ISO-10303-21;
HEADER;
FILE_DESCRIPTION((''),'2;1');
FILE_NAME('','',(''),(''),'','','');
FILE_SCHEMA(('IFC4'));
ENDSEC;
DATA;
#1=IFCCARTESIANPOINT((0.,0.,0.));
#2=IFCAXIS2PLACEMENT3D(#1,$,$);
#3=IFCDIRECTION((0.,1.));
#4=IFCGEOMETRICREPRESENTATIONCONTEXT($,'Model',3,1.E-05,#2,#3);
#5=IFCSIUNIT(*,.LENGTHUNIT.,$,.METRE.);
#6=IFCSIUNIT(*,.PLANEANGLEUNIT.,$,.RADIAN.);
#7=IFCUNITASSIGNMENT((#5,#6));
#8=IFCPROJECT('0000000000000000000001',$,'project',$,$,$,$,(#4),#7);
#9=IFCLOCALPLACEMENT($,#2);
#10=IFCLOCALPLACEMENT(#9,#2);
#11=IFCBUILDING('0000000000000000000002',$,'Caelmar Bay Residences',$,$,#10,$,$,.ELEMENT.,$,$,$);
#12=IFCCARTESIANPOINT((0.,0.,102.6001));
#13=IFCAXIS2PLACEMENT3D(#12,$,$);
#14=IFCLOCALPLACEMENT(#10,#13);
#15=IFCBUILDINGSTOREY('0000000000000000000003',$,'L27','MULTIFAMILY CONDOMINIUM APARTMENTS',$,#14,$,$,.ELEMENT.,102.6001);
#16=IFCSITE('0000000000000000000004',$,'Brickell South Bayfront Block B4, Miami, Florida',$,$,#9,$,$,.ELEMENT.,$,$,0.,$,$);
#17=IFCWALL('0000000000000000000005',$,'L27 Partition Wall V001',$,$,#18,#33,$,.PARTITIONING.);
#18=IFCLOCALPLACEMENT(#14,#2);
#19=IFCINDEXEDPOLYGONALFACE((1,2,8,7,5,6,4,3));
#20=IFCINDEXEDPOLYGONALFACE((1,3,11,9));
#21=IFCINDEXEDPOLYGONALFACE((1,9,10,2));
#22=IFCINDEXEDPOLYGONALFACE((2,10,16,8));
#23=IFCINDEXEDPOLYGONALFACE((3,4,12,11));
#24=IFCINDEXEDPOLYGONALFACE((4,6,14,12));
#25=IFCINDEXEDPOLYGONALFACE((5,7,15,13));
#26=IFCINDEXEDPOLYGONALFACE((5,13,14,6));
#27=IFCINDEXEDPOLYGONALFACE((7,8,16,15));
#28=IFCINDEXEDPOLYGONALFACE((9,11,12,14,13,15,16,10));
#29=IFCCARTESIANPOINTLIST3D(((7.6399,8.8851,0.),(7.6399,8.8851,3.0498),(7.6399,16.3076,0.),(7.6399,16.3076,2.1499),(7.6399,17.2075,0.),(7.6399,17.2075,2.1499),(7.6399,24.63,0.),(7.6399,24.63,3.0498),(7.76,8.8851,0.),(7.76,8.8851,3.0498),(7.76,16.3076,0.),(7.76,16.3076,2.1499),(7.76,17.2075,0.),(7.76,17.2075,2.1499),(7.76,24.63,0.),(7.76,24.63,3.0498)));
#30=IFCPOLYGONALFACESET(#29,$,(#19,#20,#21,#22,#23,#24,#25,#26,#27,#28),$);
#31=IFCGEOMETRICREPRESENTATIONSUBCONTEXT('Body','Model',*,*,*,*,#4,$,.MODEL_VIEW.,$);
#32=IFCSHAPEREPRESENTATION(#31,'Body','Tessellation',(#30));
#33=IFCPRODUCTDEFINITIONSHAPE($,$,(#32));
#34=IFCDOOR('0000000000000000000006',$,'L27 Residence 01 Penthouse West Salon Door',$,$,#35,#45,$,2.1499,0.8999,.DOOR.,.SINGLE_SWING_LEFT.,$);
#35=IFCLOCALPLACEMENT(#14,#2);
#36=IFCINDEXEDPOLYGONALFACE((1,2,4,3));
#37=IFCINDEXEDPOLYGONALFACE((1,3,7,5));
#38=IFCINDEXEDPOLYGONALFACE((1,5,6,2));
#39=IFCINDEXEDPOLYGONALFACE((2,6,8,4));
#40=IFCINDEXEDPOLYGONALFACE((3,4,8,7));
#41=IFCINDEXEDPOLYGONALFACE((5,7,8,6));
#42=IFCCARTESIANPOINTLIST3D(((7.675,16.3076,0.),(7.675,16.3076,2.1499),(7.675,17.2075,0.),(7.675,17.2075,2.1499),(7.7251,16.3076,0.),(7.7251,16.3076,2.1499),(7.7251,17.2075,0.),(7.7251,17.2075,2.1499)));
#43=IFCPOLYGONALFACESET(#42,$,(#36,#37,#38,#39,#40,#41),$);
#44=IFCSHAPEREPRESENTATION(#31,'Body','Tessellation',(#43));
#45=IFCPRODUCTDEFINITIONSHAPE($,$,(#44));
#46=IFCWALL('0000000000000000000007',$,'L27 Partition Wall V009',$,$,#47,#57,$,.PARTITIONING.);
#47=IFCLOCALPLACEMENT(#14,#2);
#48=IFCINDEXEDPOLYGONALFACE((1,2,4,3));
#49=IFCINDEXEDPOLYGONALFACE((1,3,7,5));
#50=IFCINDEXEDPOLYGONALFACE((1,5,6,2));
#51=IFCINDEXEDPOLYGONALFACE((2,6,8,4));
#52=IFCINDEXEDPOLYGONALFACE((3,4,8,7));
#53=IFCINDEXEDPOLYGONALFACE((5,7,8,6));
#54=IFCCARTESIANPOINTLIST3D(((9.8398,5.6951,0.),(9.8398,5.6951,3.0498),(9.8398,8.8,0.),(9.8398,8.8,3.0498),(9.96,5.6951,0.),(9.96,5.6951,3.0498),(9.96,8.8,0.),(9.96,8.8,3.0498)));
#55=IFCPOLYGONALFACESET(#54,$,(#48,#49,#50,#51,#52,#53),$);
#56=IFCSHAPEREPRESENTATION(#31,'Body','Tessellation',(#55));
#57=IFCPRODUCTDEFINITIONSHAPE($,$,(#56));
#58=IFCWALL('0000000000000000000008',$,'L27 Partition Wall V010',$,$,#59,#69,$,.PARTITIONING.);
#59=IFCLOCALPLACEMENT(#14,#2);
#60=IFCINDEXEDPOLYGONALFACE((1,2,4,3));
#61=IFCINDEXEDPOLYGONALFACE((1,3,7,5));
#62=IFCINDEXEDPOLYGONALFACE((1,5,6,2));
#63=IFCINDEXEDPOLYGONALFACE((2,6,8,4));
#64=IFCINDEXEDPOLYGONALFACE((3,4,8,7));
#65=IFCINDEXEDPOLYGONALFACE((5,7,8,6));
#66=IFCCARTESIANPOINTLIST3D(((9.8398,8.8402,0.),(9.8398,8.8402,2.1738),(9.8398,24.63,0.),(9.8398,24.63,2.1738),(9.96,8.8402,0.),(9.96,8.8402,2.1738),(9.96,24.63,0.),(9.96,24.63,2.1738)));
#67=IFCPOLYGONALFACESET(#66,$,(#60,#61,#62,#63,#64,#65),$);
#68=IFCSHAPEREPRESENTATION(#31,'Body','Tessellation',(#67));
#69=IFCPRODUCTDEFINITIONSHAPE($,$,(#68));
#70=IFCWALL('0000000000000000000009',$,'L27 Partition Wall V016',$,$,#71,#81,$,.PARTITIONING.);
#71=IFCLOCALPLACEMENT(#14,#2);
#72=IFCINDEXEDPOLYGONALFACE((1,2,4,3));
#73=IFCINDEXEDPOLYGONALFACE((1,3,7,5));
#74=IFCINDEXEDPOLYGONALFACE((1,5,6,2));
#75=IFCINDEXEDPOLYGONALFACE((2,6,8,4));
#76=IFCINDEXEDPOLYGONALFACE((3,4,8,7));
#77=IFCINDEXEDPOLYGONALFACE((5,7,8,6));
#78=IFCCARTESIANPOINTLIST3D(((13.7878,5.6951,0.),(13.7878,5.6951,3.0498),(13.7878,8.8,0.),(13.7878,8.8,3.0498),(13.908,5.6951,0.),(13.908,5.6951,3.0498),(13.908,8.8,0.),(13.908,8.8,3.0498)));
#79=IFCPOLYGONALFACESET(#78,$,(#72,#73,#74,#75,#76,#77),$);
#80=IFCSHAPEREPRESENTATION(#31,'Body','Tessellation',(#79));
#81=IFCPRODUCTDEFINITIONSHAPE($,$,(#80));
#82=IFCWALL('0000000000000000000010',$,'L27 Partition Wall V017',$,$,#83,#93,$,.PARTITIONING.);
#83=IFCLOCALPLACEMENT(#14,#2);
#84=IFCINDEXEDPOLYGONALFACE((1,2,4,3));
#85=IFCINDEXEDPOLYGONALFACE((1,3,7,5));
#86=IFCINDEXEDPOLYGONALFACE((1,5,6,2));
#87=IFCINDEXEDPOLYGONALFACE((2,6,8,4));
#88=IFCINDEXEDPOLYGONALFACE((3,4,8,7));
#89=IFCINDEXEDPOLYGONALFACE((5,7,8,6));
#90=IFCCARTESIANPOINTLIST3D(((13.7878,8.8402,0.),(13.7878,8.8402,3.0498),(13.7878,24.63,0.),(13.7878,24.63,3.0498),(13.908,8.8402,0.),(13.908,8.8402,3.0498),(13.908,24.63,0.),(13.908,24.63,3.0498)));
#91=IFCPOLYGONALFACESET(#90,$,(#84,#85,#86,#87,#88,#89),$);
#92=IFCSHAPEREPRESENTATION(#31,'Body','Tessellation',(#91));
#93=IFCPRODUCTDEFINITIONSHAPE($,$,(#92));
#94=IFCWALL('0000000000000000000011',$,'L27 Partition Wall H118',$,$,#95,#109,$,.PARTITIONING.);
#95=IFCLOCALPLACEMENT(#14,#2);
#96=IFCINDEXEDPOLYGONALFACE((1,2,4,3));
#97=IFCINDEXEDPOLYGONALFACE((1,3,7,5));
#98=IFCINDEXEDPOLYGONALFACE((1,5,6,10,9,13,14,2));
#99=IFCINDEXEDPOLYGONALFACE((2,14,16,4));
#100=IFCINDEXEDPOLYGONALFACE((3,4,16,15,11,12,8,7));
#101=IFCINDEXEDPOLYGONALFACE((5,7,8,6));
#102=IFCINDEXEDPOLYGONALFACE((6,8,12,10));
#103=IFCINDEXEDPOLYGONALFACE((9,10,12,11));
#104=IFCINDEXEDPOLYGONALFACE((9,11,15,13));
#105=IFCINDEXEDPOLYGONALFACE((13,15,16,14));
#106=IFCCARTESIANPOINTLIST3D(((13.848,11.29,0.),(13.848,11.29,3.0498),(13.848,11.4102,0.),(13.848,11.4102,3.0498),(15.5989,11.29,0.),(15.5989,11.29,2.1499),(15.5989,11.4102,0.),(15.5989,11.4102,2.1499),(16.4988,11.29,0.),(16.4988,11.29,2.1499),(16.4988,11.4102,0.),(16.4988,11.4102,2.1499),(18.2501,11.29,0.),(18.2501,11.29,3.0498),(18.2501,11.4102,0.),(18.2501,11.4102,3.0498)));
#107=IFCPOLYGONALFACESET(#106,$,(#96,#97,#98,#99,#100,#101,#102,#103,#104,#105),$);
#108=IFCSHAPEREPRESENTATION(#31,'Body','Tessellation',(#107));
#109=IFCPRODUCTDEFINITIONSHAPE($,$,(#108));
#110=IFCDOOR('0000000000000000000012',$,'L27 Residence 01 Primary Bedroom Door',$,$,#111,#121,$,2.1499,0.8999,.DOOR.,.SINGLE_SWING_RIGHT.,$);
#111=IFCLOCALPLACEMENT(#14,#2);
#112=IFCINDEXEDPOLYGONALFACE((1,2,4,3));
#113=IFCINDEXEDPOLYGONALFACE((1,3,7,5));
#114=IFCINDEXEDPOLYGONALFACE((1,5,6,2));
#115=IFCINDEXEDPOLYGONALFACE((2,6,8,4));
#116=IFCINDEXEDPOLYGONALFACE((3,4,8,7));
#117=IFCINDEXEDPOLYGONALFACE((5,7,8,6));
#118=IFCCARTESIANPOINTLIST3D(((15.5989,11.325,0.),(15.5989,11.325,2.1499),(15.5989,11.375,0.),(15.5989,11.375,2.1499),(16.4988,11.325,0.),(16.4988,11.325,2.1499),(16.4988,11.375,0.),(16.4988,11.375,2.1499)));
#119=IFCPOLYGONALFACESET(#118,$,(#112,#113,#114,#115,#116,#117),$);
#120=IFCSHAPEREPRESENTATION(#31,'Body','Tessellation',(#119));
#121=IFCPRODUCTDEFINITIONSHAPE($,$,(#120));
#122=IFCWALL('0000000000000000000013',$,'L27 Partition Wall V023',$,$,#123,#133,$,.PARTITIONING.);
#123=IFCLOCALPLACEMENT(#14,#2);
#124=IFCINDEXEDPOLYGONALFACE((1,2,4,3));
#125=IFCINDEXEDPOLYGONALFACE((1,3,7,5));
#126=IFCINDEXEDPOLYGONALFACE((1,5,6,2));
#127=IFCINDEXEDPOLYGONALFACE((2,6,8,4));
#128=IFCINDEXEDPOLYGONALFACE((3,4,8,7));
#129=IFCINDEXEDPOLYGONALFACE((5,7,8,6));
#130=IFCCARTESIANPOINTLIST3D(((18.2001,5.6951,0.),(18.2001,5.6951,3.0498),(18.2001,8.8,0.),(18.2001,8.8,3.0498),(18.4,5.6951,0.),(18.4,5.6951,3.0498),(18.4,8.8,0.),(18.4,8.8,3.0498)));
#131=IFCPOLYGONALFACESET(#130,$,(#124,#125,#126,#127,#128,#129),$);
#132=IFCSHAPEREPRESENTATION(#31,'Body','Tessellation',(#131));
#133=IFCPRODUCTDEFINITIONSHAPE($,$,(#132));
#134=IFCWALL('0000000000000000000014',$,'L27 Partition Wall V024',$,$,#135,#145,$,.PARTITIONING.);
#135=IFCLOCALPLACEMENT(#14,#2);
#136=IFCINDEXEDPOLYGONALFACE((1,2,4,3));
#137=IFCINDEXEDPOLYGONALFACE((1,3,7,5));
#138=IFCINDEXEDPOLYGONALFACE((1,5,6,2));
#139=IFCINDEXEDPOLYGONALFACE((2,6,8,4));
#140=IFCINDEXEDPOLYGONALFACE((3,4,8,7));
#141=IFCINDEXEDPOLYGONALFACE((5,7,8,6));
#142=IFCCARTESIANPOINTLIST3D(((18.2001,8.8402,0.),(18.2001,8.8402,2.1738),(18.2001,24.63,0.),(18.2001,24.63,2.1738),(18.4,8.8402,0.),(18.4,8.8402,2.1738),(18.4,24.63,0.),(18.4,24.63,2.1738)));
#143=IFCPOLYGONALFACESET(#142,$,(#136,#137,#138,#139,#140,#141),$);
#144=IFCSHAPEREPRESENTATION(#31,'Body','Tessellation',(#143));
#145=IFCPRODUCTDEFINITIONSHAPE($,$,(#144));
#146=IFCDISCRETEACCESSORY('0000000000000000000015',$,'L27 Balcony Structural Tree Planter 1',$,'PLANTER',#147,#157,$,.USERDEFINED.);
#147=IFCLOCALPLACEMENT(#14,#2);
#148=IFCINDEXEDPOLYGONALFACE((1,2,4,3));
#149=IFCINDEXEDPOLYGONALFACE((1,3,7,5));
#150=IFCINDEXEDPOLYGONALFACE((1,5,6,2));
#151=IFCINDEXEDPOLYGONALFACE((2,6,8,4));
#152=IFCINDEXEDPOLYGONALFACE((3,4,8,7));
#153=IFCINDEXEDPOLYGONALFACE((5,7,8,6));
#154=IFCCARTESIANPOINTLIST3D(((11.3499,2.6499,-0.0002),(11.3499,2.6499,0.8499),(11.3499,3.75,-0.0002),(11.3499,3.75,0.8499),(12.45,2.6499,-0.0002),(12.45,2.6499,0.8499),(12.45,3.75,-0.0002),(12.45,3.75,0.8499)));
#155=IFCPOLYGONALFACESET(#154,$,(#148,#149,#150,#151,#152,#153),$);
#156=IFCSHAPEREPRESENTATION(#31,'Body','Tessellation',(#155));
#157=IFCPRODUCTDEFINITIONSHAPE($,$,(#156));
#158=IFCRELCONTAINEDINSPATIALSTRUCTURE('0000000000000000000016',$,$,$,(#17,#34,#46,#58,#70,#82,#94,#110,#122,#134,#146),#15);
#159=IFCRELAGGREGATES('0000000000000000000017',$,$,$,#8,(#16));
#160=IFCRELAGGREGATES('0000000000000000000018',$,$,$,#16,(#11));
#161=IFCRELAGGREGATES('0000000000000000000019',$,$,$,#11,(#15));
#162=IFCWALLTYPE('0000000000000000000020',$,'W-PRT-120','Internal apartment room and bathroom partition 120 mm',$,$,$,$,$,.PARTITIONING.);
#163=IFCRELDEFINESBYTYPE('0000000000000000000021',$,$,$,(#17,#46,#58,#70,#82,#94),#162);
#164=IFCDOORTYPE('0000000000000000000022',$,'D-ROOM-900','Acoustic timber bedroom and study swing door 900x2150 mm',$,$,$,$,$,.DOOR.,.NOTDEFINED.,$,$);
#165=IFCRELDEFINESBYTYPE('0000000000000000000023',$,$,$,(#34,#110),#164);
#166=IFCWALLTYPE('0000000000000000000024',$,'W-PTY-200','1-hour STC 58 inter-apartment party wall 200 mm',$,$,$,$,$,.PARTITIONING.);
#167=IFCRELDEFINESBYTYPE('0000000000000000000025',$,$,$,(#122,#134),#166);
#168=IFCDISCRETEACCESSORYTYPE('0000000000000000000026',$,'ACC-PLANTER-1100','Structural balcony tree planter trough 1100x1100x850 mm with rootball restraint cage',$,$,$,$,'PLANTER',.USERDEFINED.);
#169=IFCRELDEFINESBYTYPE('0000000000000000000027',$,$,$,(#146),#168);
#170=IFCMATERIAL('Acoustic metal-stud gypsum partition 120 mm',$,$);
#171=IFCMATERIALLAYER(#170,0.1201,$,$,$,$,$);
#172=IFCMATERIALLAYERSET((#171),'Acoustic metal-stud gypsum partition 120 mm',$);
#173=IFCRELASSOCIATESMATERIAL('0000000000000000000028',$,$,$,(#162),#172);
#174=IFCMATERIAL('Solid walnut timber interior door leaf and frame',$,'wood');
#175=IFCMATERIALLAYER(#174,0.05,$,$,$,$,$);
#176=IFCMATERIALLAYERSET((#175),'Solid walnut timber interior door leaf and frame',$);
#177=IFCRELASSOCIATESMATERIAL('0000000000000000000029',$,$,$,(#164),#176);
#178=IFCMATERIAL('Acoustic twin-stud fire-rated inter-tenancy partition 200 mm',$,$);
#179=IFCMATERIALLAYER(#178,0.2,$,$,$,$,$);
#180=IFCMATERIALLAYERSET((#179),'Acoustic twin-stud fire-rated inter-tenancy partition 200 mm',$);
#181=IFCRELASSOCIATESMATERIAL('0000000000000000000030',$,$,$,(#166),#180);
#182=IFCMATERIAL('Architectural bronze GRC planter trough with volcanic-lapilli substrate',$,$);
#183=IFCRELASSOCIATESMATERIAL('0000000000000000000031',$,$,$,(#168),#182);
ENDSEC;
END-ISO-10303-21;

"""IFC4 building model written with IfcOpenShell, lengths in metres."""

from ifc_helpers import new_model, si_unit, direction, frame, frame_2d, origin, origin_2d, place, context, subcontext, project, spatial, rectangle, extrude, material, layer, layer_set, type_object, element, fill, save


model = new_model("IFC4")

# Units and contexts
model_context = context("Model", 3, precision=1e-05, world=origin(), true_north=direction((0.0, 1.0)))
body_context = subcontext(model_context, "Body", "Model", "MODEL_VIEW")
ifc_project = project(units=[si_unit("LENGTHUNIT", "METRE"), si_unit("PLANEANGLEUNIT", "RADIAN")], contexts=[model_context])

# Site, building, storey
site_placement = place(None, origin())
site = spatial("IfcSite", under=ifc_project, at=site_placement, Name="Brickell South Bayfront Block B4, Miami, Florida", CompositionType="ELEMENT", RefElevation=0.0)
building_placement = place(site_placement, origin())
building = spatial("IfcBuilding", under=site, at=building_placement, Name="Caelmar Bay Residences", CompositionType="ELEMENT")
storey_placement = place(building_placement, frame((0.0, 0.0, 102.6001)))
storey = spatial("IfcBuildingStorey", under=building, at=storey_placement, Name="L27", Description="MULTIFAMILY CONDOMINIUM APARTMENTS", CompositionType="ELEMENT", Elevation=102.6001)

# Wall, opening, door
ifc_material_1 = material(Name="Acoustic metal-stud gypsum partition 120 mm")
ifc_layer_1 = layer(ifc_material_1, 0.1201)
ifc_layer_set_1 = layer_set([ifc_layer_1], Name="Acoustic metal-stud gypsum partition 120 mm")
wall_type_1 = type_object("IfcWallType", Name="W-PRT-120", Description="Internal apartment room and bathroom partition 120 mm", PredefinedType="PARTITIONING", material=ifc_layer_set_1)
wall_1_placement = place(storey_placement, frame((7.7, 8.885, 0.0), z_axis=(0.0, 0.0, 1.0), x_axis=(0.0, 1.0, 0.0)))
wall_1 = element("IfcWall", 1, at=wall_1_placement, inside=storey, type_object=wall_type_1, Name="L27 Partition Wall V001", PredefinedType="PARTITIONING", context=body_context, shape_type="SweptSolid", body=[
    extrude(rectangle(XDim=15.7449, YDim=0.1201, at=frame_2d((7.8726, 0.0))), origin(), (0.0, 0.0, 1.0), 3.0498),
])
opening_1_placement = place(wall_1_placement, frame((7.4226, 0.0, 0.0)))
opening_1 = element("IfcOpeningElement", 2, at=opening_1_placement, cuts=wall_1, PredefinedType="OPENING", context=body_context, shape_type="SweptSolid", body=[
    extrude(rectangle(XDim=0.8999, YDim=2.1499, at=frame_2d((0.45, 1.075))), frame((0.0, 0.0701, 0.0), z_axis=(0.0, -1.0, 0.0), x_axis=(1.0, 0.0, 0.0)), (0.0, 0.0, 1.0), 0.1401),
])
ifc_material_2 = material(Name="Solid walnut timber interior door leaf and frame", Category="wood")
ifc_layer_2 = layer(ifc_material_2, 0.05)
ifc_layer_set_2 = layer_set([ifc_layer_2], Name="Solid walnut timber interior door leaf and frame")
door_type = type_object("IfcDoorType", Name="D-ROOM-900", Description="Acoustic timber bedroom and study swing door 900x2150 mm", OperationType="NOTDEFINED", PredefinedType="DOOR", material=ifc_layer_set_2)
door_1_placement = place(opening_1_placement, origin())
door_1 = element("IfcDoor", 3, at=door_1_placement, inside=storey, type_object=door_type, Name="L27 Residence 01 Penthouse West Salon Door", OperationType="SINGLE_SWING_LEFT", OverallHeight=2.1499, OverallWidth=0.8999, PredefinedType="DOOR", context=body_context, shape_type="SweptSolid", body=[
    extrude(rectangle(XDim=0.8999, YDim=2.1499, at=frame_2d((0.45, 1.075))), frame((0.0, 0.0249, 0.0), z_axis=(0.0, -1.0, 0.0), x_axis=(1.0, 0.0, 0.0)), (0.0, 0.0, 1.0), 0.05),
])
fill(opening_1, door_1)

# Walls
wall_2_placement = place(storey_placement, frame((9.8999, 5.6951, 0.0), z_axis=(0.0, 0.0, 1.0), x_axis=(0.0, 1.0, 0.0)))
element("IfcWall", 4, at=wall_2_placement, inside=storey, type_object=wall_type_1, Name="L27 Partition Wall V009", PredefinedType="PARTITIONING", context=body_context, shape_type="SweptSolid", body=[
    extrude(rectangle(XDim=3.105, YDim=0.1201, at=frame_2d((1.5525, 0.0))), origin(), (0.0, 0.0, 1.0), 3.0498),
])
wall_3_placement = place(storey_placement, frame((9.8999, 8.8401, 0.0), z_axis=(0.0, 0.0, 1.0), x_axis=(0.0, 1.0, 0.0)))
element("IfcWall", 5, at=wall_3_placement, inside=storey, type_object=wall_type_1, Name="L27 Partition Wall V010", PredefinedType="PARTITIONING", context=body_context, shape_type="SweptSolid", body=[
    extrude(rectangle(XDim=15.7898, YDim=0.1201, at=frame_2d((7.895, 0.0))), origin(), (0.0, 0.0, 1.0), 2.1738),
])
wall_4_placement = place(storey_placement, frame((13.8479, 5.6951, 0.0), z_axis=(0.0, 0.0, 1.0), x_axis=(0.0, 1.0, 0.0)))
element("IfcWall", 6, at=wall_4_placement, inside=storey, type_object=wall_type_1, Name="L27 Partition Wall V016", PredefinedType="PARTITIONING", context=body_context, shape_type="SweptSolid", body=[
    extrude(rectangle(XDim=3.105, YDim=0.1201, at=frame_2d((1.5525, 0.0))), origin(), (0.0, 0.0, 1.0), 3.0498),
])
wall_5_placement = place(storey_placement, frame((13.8479, 8.8401, 0.0), z_axis=(0.0, 0.0, 1.0), x_axis=(0.0, 1.0, 0.0)))
element("IfcWall", 7, at=wall_5_placement, inside=storey, type_object=wall_type_1, Name="L27 Partition Wall V017", PredefinedType="PARTITIONING", context=body_context, shape_type="SweptSolid", body=[
    extrude(rectangle(XDim=15.7898, YDim=0.1201, at=frame_2d((7.895, 0.0))), origin(), (0.0, 0.0, 1.0), 3.0498),
])

# Wall, opening, door
wall_6_placement = place(storey_placement, frame((13.8479, 11.3501, 0.0), z_axis=(0.0, 0.0, 1.0), x_axis=(1.0, 0.0, 0.0)))
wall_6 = element("IfcWall", 8, at=wall_6_placement, inside=storey, type_object=wall_type_1, Name="L27 Partition Wall H118", PredefinedType="PARTITIONING", context=body_context, shape_type="SweptSolid", body=[
    extrude(rectangle(XDim=4.4021, YDim=0.1201, at=frame_2d((2.2012, 0.0))), origin(), (0.0, 0.0, 1.0), 3.0498),
])
opening_2_placement = place(wall_6_placement, frame((1.751, 0.0, 0.0)))
opening_2 = element("IfcOpeningElement", 9, at=opening_2_placement, cuts=wall_6, PredefinedType="OPENING", context=body_context, shape_type="SweptSolid", body=[
    extrude(rectangle(XDim=0.8999, YDim=2.1499, at=frame_2d((0.45, 1.075))), frame((0.0, 0.0701, 0.0), z_axis=(0.0, -1.0, 0.0), x_axis=(1.0, 0.0, 0.0)), (0.0, 0.0, 1.0), 0.1401),
])
door_2_placement = place(opening_2_placement, origin())
door_2 = element("IfcDoor", 10, at=door_2_placement, inside=storey, type_object=door_type, Name="L27 Residence 01 Primary Bedroom Door", OperationType="SINGLE_SWING_RIGHT", OverallHeight=2.1499, OverallWidth=0.8999, PredefinedType="DOOR", context=body_context, shape_type="SweptSolid", body=[
    extrude(rectangle(XDim=0.8999, YDim=2.1499, at=frame_2d((0.45, 1.075))), frame((0.0, 0.0249, 0.0), z_axis=(0.0, -1.0, 0.0), x_axis=(1.0, 0.0, 0.0)), (0.0, 0.0, 1.0), 0.05),
])
fill(opening_2, door_2)

# Walls
ifc_material_3 = material(Name="Acoustic twin-stud fire-rated inter-tenancy partition 200 mm")
ifc_layer_3 = layer(ifc_material_3, 0.2)
ifc_layer_set_3 = layer_set([ifc_layer_3], Name="Acoustic twin-stud fire-rated inter-tenancy partition 200 mm")
wall_type_2 = type_object("IfcWallType", Name="W-PTY-200", Description="1-hour STC 58 inter-apartment party wall 200 mm", PredefinedType="PARTITIONING", material=ifc_layer_set_3)
wall_7_placement = place(storey_placement, frame((18.3, 5.6951, 0.0), z_axis=(0.0, 0.0, 1.0), x_axis=(0.0, 1.0, 0.0)))
element("IfcWall", 11, at=wall_7_placement, inside=storey, type_object=wall_type_2, Name="L27 Partition Wall V023", PredefinedType="PARTITIONING", context=body_context, shape_type="SweptSolid", body=[
    extrude(rectangle(XDim=3.105, YDim=0.2, at=frame_2d((1.5525, 0.0))), origin(), (0.0, 0.0, 1.0), 3.0498),
])
wall_8_placement = place(storey_placement, frame((18.3, 8.8401, 0.0), z_axis=(0.0, 0.0, 1.0), x_axis=(0.0, 1.0, 0.0)))
element("IfcWall", 12, at=wall_8_placement, inside=storey, type_object=wall_type_2, Name="L27 Partition Wall V024", PredefinedType="PARTITIONING", context=body_context, shape_type="SweptSolid", body=[
    extrude(rectangle(XDim=15.7898, YDim=0.2, at=frame_2d((7.895, 0.0))), origin(), (0.0, 0.0, 1.0), 2.1738),
])

# Discrete accessory
ifc_material_4 = material(Name="Architectural bronze GRC planter trough with volcanic-lapilli substrate")
discrete_accessory_type = type_object("IfcDiscreteAccessoryType", Name="ACC-PLANTER-1100", Description="Structural balcony tree planter trough 1100x1100x850 mm with rootball restraint cage", ElementType="PLANTER", PredefinedType="USERDEFINED", material=ifc_material_4)
discrete_accessory_placement = place(storey_placement, frame((11.8999, 3.2, -0.0002), z_axis=(0.0, 0.0, 1.0), x_axis=(1.0, 0.0, 0.0)))
element("IfcDiscreteAccessory", 13, at=discrete_accessory_placement, inside=storey, type_object=discrete_accessory_type, Name="L27 Balcony Structural Tree Planter 1", ObjectType="PLANTER", PredefinedType="USERDEFINED", context=body_context, shape_type="SweptSolid", body=[
    extrude(rectangle(XDim=1.1001, YDim=1.1001, at=origin_2d()), origin(), (0.0, 0.0, 1.0), 0.8501),
])

save(model, "model.ifc")
